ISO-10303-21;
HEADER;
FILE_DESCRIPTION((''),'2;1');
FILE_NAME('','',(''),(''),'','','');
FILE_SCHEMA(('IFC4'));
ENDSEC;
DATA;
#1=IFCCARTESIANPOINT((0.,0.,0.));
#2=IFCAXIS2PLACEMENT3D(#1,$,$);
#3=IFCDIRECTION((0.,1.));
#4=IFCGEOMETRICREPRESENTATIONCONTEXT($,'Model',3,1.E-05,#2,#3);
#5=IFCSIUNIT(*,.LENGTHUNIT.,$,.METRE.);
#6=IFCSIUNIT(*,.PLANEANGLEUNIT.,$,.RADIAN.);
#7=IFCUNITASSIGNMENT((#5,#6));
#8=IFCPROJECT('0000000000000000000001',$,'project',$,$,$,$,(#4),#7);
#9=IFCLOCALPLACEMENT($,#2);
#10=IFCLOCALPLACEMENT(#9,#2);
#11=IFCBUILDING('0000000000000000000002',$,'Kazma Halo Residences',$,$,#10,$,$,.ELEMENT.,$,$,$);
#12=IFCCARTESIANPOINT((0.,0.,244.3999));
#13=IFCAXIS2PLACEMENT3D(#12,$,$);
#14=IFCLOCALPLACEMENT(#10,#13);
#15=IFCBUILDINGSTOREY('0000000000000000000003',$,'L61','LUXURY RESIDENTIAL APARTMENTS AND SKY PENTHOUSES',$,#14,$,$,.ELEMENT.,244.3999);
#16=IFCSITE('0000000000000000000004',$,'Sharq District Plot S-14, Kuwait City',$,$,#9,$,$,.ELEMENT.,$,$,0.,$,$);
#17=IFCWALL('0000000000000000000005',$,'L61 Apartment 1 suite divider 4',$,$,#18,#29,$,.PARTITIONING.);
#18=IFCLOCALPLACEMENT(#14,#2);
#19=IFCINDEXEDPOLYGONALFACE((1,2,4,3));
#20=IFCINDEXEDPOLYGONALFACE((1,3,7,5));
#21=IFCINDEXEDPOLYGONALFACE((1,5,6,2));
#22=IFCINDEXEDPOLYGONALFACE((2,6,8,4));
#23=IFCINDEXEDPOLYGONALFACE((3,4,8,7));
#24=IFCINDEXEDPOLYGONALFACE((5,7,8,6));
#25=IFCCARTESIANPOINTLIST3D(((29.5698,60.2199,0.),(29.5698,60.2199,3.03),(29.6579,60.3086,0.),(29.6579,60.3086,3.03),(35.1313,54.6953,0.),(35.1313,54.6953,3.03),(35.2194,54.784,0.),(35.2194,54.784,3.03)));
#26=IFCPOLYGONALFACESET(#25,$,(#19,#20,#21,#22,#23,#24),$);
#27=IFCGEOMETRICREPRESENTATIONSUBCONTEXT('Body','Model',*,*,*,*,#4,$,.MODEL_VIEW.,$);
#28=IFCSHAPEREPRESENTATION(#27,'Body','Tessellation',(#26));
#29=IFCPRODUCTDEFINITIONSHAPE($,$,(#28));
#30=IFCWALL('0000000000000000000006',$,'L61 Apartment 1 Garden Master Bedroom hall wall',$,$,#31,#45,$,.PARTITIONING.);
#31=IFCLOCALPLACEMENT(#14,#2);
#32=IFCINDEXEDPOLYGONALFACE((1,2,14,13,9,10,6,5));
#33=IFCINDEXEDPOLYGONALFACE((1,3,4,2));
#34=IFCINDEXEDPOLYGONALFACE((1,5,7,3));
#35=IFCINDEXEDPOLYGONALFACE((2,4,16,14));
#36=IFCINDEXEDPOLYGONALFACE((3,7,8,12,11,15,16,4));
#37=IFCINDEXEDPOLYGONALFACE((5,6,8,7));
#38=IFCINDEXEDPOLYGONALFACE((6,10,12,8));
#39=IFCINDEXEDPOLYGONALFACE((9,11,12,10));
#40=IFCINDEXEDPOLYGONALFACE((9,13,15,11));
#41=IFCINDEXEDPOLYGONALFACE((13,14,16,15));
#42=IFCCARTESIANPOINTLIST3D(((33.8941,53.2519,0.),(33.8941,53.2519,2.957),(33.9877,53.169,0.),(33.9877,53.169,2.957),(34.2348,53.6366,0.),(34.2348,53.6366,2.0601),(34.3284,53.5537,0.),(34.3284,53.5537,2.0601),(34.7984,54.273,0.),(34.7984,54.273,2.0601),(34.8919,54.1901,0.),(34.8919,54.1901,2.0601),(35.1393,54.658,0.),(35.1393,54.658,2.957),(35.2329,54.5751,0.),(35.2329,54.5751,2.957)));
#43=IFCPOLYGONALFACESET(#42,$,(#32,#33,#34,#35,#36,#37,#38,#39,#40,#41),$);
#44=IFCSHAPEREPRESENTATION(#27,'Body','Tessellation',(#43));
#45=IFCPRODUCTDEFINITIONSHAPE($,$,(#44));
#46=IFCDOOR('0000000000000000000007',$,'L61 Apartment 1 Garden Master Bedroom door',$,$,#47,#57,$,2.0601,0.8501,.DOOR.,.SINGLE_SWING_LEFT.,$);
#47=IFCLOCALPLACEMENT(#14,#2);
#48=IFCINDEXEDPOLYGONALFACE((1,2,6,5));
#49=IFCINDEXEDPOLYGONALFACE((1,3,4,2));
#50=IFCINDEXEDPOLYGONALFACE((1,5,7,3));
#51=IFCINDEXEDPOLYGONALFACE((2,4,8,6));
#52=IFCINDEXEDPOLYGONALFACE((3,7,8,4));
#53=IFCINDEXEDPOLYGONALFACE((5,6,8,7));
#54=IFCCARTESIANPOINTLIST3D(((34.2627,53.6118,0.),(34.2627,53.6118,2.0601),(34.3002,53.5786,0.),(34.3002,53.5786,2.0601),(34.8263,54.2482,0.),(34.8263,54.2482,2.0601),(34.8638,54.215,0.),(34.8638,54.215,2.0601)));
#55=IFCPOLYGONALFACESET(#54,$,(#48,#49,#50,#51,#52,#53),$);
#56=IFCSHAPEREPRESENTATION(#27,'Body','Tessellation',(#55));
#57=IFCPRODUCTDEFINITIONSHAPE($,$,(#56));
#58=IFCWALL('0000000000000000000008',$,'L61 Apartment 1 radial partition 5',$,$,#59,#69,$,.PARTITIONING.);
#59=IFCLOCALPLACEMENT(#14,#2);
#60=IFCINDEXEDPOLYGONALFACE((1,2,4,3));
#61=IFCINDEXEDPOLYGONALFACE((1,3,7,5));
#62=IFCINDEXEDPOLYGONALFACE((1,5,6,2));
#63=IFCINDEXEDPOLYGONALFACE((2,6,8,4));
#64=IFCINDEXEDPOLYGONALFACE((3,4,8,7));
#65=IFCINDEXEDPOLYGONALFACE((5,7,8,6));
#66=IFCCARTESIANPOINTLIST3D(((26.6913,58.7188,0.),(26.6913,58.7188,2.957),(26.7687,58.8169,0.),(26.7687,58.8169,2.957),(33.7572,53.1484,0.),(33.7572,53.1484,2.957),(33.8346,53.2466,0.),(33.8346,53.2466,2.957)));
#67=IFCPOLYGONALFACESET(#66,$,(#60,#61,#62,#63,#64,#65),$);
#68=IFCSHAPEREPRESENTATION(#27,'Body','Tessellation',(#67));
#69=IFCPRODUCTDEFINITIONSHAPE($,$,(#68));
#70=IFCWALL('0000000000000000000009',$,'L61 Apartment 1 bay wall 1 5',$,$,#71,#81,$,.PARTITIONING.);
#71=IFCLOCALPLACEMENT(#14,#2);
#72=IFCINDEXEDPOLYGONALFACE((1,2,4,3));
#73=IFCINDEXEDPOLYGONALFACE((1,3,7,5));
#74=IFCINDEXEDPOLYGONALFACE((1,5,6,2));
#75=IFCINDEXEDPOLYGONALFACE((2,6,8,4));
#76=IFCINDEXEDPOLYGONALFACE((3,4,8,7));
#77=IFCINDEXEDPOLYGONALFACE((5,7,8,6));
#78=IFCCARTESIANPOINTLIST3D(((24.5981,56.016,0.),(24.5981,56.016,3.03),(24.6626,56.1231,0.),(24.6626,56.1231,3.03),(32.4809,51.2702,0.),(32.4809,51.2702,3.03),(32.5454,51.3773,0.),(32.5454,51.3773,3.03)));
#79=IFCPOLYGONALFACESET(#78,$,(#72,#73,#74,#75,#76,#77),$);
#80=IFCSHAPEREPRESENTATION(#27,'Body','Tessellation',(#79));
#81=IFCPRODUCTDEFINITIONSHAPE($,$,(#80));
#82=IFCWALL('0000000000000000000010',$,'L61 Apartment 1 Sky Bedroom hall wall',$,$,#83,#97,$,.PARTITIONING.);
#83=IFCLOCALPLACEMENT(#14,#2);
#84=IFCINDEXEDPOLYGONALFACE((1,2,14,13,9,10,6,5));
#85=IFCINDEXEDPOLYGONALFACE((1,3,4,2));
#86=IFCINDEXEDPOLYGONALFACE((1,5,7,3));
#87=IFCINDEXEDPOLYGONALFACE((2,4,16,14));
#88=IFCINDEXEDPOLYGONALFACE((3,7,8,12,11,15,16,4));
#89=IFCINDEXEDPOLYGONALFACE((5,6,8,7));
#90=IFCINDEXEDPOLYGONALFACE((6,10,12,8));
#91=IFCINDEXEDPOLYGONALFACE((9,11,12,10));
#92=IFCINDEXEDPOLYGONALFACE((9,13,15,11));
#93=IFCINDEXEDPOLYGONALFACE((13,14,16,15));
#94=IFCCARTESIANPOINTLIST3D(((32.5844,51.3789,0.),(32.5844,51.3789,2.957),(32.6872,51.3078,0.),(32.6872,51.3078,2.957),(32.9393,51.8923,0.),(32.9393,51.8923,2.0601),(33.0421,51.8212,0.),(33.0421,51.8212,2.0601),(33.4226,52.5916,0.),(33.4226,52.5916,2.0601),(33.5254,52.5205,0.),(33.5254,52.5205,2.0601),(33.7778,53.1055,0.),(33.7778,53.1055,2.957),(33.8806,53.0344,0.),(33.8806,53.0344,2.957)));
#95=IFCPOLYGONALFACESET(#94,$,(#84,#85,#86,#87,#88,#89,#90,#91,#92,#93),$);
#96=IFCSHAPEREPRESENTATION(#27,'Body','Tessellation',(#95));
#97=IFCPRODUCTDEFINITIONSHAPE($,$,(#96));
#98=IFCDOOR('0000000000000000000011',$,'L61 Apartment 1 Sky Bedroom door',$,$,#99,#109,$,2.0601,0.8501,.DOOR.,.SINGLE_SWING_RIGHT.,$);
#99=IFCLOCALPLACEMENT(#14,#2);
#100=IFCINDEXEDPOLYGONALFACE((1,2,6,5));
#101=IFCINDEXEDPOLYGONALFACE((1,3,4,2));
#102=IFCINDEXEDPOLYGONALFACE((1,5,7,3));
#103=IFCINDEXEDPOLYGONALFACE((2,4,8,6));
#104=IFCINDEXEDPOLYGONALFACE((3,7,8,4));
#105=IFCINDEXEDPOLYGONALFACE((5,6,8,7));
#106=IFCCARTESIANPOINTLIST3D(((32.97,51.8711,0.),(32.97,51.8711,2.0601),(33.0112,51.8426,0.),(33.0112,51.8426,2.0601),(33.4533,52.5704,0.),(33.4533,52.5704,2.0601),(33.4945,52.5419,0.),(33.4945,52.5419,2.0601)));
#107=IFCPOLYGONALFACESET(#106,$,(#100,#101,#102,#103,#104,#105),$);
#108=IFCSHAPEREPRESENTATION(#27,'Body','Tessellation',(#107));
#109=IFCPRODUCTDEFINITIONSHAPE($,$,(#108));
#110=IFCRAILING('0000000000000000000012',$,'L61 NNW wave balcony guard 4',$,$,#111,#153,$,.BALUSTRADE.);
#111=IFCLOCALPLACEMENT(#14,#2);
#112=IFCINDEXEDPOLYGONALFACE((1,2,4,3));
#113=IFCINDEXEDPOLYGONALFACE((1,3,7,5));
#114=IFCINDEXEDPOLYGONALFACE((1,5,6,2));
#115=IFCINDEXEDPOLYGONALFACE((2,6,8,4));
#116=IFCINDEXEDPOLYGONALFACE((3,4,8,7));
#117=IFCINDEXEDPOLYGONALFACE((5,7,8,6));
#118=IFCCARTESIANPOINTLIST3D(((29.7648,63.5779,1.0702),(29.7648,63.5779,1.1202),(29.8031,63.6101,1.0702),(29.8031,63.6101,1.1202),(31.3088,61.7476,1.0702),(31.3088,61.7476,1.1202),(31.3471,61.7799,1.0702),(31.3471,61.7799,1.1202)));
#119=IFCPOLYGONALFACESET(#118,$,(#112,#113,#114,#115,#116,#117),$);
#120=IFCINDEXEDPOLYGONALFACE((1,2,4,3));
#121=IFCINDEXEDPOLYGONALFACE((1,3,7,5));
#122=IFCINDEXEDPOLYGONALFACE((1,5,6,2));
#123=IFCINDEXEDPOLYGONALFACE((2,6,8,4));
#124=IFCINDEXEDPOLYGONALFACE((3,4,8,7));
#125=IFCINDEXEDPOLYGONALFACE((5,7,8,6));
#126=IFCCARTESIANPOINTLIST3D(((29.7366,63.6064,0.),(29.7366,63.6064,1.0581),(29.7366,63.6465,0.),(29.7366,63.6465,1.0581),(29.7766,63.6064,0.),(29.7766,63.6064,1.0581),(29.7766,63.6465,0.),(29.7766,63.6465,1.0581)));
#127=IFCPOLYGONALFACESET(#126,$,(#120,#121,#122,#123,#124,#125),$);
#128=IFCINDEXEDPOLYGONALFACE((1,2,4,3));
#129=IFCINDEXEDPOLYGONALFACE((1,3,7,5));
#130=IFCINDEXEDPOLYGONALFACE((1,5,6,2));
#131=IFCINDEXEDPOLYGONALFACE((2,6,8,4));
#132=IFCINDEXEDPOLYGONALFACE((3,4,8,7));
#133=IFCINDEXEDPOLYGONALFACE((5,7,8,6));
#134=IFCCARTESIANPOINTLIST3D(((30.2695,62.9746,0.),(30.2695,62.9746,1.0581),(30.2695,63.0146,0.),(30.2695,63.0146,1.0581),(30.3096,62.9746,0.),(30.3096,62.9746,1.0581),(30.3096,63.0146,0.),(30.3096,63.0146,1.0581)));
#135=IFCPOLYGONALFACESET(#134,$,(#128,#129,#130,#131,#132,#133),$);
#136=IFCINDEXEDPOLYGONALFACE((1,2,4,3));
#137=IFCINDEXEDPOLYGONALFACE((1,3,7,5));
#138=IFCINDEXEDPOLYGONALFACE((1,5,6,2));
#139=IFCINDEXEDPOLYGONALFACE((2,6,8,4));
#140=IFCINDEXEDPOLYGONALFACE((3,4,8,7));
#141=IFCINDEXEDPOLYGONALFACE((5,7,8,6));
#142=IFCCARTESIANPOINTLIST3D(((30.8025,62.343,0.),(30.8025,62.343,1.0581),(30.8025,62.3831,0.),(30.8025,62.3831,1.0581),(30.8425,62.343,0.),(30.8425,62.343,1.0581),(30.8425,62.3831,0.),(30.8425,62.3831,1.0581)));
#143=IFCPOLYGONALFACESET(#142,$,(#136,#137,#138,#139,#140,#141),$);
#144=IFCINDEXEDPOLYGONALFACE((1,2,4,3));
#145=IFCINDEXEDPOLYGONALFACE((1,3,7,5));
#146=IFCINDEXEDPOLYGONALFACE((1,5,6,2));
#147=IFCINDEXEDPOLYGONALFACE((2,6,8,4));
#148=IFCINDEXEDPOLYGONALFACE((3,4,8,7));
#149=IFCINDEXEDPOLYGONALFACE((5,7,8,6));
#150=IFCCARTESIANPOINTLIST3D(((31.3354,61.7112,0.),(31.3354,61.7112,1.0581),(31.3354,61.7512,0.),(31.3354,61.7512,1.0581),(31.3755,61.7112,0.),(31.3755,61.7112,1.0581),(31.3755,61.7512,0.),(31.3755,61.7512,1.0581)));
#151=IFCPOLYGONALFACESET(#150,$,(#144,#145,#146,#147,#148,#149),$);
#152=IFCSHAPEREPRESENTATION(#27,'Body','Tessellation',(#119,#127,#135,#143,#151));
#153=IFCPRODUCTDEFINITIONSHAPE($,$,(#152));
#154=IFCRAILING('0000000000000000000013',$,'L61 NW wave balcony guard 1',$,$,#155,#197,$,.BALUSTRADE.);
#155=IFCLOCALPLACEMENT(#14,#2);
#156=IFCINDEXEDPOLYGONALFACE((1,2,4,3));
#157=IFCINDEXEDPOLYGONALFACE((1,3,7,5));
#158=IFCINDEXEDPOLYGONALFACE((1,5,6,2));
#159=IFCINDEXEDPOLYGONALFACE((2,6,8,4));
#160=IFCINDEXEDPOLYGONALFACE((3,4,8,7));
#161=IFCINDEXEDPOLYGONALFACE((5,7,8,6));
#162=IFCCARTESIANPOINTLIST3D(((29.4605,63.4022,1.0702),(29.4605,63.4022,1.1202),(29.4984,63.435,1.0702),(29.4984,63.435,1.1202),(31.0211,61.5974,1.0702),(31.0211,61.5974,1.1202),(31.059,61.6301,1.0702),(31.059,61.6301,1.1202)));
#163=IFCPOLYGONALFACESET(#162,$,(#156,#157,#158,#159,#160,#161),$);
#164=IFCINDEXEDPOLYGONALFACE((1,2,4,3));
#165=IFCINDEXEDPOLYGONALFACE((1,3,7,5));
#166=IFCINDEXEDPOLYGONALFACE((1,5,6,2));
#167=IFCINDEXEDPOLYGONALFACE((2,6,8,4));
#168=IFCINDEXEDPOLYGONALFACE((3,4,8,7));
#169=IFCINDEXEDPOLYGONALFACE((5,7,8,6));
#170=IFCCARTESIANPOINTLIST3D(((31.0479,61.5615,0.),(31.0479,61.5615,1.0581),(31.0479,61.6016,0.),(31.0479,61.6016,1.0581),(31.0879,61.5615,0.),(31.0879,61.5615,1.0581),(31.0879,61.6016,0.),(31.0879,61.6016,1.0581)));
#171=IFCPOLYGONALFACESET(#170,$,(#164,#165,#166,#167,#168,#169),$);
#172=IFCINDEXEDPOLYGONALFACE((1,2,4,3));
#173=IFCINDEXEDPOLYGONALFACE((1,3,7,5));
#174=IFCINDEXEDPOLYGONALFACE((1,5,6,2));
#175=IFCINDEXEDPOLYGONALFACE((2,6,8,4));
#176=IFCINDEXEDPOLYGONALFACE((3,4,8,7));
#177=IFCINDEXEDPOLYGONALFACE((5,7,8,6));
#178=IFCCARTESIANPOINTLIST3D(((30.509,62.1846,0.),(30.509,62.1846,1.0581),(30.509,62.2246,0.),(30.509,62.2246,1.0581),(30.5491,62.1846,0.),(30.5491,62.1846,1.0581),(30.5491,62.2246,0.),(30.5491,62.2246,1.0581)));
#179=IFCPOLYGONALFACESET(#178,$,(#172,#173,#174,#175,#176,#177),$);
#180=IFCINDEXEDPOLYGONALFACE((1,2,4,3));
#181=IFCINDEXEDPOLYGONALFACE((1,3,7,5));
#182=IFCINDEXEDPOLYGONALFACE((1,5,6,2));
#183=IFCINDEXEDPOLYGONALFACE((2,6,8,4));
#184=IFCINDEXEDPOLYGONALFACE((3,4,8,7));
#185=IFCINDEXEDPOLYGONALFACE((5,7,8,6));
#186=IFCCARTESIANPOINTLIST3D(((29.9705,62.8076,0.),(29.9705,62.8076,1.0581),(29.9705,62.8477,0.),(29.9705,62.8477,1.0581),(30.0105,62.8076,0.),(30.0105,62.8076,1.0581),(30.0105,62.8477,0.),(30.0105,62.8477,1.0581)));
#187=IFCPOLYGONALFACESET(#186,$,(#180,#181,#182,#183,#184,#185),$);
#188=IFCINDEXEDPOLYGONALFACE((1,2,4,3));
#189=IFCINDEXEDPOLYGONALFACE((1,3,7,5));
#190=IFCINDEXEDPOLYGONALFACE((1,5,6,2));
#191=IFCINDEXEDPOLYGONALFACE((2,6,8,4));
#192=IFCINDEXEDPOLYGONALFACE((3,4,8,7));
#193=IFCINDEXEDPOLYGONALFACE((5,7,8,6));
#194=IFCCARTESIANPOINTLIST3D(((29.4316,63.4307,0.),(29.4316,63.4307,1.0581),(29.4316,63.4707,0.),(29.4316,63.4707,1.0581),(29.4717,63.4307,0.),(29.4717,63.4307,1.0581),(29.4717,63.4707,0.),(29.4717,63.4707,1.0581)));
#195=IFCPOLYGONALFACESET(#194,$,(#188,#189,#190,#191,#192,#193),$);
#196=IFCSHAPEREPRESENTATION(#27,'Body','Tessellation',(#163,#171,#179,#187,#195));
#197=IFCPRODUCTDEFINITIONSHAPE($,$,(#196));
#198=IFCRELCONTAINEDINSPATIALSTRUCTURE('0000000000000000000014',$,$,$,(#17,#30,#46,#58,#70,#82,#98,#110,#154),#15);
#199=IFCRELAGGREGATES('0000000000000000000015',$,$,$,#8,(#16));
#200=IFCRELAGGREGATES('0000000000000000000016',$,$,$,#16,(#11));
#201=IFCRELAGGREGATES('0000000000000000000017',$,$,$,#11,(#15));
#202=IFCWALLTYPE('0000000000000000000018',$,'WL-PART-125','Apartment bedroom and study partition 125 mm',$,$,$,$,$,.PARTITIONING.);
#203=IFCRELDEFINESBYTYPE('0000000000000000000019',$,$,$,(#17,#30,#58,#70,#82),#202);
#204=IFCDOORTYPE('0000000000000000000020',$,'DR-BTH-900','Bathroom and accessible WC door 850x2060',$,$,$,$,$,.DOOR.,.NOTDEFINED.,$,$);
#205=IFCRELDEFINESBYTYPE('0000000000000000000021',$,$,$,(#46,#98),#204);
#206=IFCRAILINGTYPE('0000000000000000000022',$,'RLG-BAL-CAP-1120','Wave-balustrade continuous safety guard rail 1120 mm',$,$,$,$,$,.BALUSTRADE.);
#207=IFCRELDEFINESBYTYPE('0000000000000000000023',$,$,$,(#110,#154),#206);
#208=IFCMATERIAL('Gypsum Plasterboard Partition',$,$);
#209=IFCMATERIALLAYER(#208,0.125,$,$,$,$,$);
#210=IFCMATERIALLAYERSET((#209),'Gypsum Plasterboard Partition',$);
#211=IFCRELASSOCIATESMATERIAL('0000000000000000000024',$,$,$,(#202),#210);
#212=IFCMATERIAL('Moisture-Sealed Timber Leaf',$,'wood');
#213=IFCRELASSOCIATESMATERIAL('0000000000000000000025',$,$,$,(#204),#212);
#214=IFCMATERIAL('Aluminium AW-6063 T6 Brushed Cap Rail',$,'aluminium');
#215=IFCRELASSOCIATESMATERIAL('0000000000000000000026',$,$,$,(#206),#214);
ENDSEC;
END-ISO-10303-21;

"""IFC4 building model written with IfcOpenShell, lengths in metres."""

from ifc_helpers import new_model, si_unit, direction, frame, frame_2d, origin, origin_2d, place, context, subcontext, project, spatial, rectangle, extrude, material, layer, layer_set, type_object, element, fill, save


model = new_model("IFC4")

# Units and contexts
model_context = context("Model", 3, precision=1e-05, world=origin(), true_north=direction((0.0, 1.0)))
body_context = subcontext(model_context, "Body", "Model", "MODEL_VIEW")
ifc_project = project(units=[si_unit("LENGTHUNIT", "METRE"), si_unit("PLANEANGLEUNIT", "RADIAN")], contexts=[model_context])

# Site, building, storey
site_placement = place(None, origin())
site = spatial("IfcSite", under=ifc_project, at=site_placement, Name="Sharq District Plot S-14, Kuwait City", CompositionType="ELEMENT", RefElevation=0.0)
building_placement = place(site_placement, origin())
building = spatial("IfcBuilding", under=site, at=building_placement, Name="Kazma Halo Residences", CompositionType="ELEMENT")
storey_placement = place(building_placement, frame((0.0, 0.0, 244.3999)))
storey = spatial("IfcBuildingStorey", under=building, at=storey_placement, Name="L61", Description="LUXURY RESIDENTIAL APARTMENTS AND SKY PENTHOUSES", CompositionType="ELEMENT", Elevation=244.3999)

# Shared definitions
ifc_material_1 = material(Name="Gypsum Plasterboard Partition")
ifc_layer_1 = layer(ifc_material_1, 0.125)
ifc_layer_set_1 = layer_set([ifc_layer_1], Name="Gypsum Plasterboard Partition")
wall_type_1 = type_object("IfcWallType", Name="WL-PART-125", Description="Apartment bedroom and study partition 125 mm", PredefinedType="PARTITIONING", material=ifc_layer_set_1)
ifc_material_2 = material(Name="Moisture-Sealed Timber Leaf", Category="wood")
door_type_1 = type_object("IfcDoorType", Name="DR-BTH-900", Description="Bathroom and accessible WC door 850x2060", OperationType="NOTDEFINED", PredefinedType="DOOR", material=ifc_material_2)

# Wall
wall_1_placement = place(storey_placement, frame((35.1753, 54.7397, 0.0), z_axis=(0.0, 0.0, 1.0), x_axis=(-0.709454, 0.704752, 0.0)))
element("IfcWall", 1, at=wall_1_placement, inside=storey, type_object=wall_type_1, Name="L61 Apartment 1 suite divider 4", PredefinedType="PARTITIONING", context=body_context, shape_type="SweptSolid", body=[
    extrude(rectangle(XDim=7.8391, YDim=0.125, at=frame_2d((3.9194, 0.0))), origin(), (0.0, 0.0, 1.0), 3.03),
])

# Wall, opening, door
wall_2_placement = place(storey_placement, frame((35.186, 54.6165, 0.0), z_axis=(0.0, 0.0, 1.0), x_axis=(-0.662975, -0.748642, 0.0)))
wall_2 = element("IfcWall", 2, at=wall_2_placement, inside=storey, type_object=wall_type_1, Name="L61 Apartment 1 Garden Master Bedroom hall wall", PredefinedType="PARTITIONING", context=body_context, shape_type="SweptSolid", body=[
    extrude(rectangle(XDim=1.8782, YDim=0.125, at=frame_2d((0.939, 0.0))), origin(), (0.0, 0.0, 1.0), 2.957),
])
opening_1_placement = place(wall_2_placement, frame((0.5142, 0.0, 0.0)))
opening_1 = element("IfcOpeningElement", 3, at=opening_1_placement, cuts=wall_2, PredefinedType="OPENING", context=body_context, shape_type="SweptSolid", body=[
    extrude(rectangle(XDim=0.8501, YDim=2.0601, at=frame_2d((0.425, 1.03))), frame((0.0, 0.0725, 0.0), z_axis=(0.0, -1.0, 0.0), x_axis=(1.0, 0.0, 0.0)), (0.0, 0.0, 1.0), 0.145),
])
door_1_placement = place(opening_1_placement, origin())
door_1 = element("IfcDoor", 4, at=door_1_placement, inside=storey, type_object=door_type_1, Name="L61 Apartment 1 Garden Master Bedroom door", OperationType="SINGLE_SWING_LEFT", OverallHeight=2.0601, OverallWidth=0.8501, PredefinedType="DOOR", context=body_context, shape_type="SweptSolid", body=[
    extrude(rectangle(XDim=0.8501, YDim=2.0601, at=frame_2d((0.425, 1.03))), frame((0.0, 0.0249, 0.0), z_axis=(0.0, -1.0, 0.0), x_axis=(1.0, 0.0, 0.0)), (0.0, 0.0, 1.0), 0.05),
])
fill(opening_1, door_1)

# Walls
wall_3_placement = place(storey_placement, frame((33.7959, 53.1975, 0.0), z_axis=(0.0, 0.0, 1.0), x_axis=(-0.785317, 0.619093, 0.0)))
element("IfcWall", 5, at=wall_3_placement, inside=storey, type_object=wall_type_1, Name="L61 Apartment 1 radial partition 5", PredefinedType="PARTITIONING", context=body_context, shape_type="SweptSolid", body=[
    extrude(rectangle(XDim=8.9976, YDim=0.125, at=frame_2d((4.4988, 0.0))), origin(), (0.0, 0.0, 1.0), 2.957),
])
wall_4_placement = place(storey_placement, frame((32.5132, 51.3237, 0.0), z_axis=(0.0, 0.0, 1.0), x_axis=(-0.856717, 0.515787, 0.0)))
element("IfcWall", 6, at=wall_4_placement, inside=storey, type_object=wall_type_1, Name="L61 Apartment 1 bay wall 1 5", PredefinedType="PARTITIONING", context=body_context, shape_type="SweptSolid", body=[
    extrude(rectangle(XDim=9.2012, YDim=0.125, at=frame_2d((4.6006, 0.0))), origin(), (0.0, 0.0, 1.0), 3.03),
])

# Wall, opening, door
wall_5_placement = place(storey_placement, frame((33.8291, 53.0698, 0.0), z_axis=(0.0, 0.0, 1.0), x_axis=(-0.568581, -0.822627, 0.0)))
wall_5 = element("IfcWall", 7, at=wall_5_placement, inside=storey, type_object=wall_type_1, Name="L61 Apartment 1 Sky Bedroom hall wall", PredefinedType="PARTITIONING", context=body_context, shape_type="SweptSolid", body=[
    extrude(rectangle(XDim=2.0989, YDim=0.125, at=frame_2d((1.0493, 0.0))), origin(), (0.0, 0.0, 1.0), 2.957),
])
opening_2_placement = place(wall_5_placement, frame((0.6245, 0.0, 0.0)))
opening_2 = element("IfcOpeningElement", 8, at=opening_2_placement, cuts=wall_5, PredefinedType="OPENING", context=body_context, shape_type="SweptSolid", body=[
    extrude(rectangle(XDim=0.8501, YDim=2.0601, at=frame_2d((0.425, 1.03))), frame((0.0, 0.0725, 0.0), z_axis=(0.0, -1.0, 0.0), x_axis=(1.0, 0.0, 0.0)), (0.0, 0.0, 1.0), 0.145),
])
door_2_placement = place(opening_2_placement, origin())
door_2 = element("IfcDoor", 9, at=door_2_placement, inside=storey, type_object=door_type_1, Name="L61 Apartment 1 Sky Bedroom door", OperationType="SINGLE_SWING_RIGHT", OverallHeight=2.0601, OverallWidth=0.8501, PredefinedType="DOOR", context=body_context, shape_type="SweptSolid", body=[
    extrude(rectangle(XDim=0.8501, YDim=2.0601, at=frame_2d((0.425, 1.03))), frame((0.0, 0.0249, 0.0), z_axis=(0.0, -1.0, 0.0), x_axis=(1.0, 0.0, 0.0)), (0.0, 0.0, 1.0), 0.05),
])
fill(opening_2, door_2)

# Railings
ifc_material_3 = material(Name="Aluminium AW-6063 T6 Brushed Cap Rail", Category="aluminium")
railing_type = type_object("IfcRailingType", Name="RLG-BAL-CAP-1120", Description="Wave-balustrade continuous safety guard rail 1120 mm", PredefinedType="BALUSTRADE", material=ifc_material_3)
railing_1_placement = place(storey_placement, frame((29.7566, 63.6265, 0.0)))
element("IfcRailing", 10, at=railing_1_placement, inside=storey, type_object=railing_type, Name="L61 NNW wave balcony guard 4", PredefinedType="BALUSTRADE", context=body_context, shape_type="SweptSolid", body=[
    extrude(rectangle(XDim=0.05, YDim=0.05, at=origin_2d()), frame((0.0273, -0.0325, 1.0952), z_axis=(0.644812, -0.764342, 0.0), x_axis=(0.764342, 0.644812, 0.0)), (0.0, 0.0, 1.0), 2.3945),
    extrude(rectangle(XDim=0.04, YDim=0.04, at=origin_2d()), origin(), (0.0, 0.0, 1.0), 1.0581),
    extrude(rectangle(XDim=0.04, YDim=0.04, at=origin_2d()), frame((0.533, -0.6318, 0.0)), (0.0, 0.0, 1.0), 1.0581),
    extrude(rectangle(XDim=0.04, YDim=0.04, at=origin_2d()), frame((1.0659, -1.2634, 0.0)), (0.0, 0.0, 1.0), 1.0581),
    extrude(rectangle(XDim=0.04, YDim=0.04, at=origin_2d()), frame((1.5989, -1.8953, 0.0)), (0.0, 0.0, 1.0), 1.0581),
])
railing_2_placement = place(storey_placement, frame((31.0679, 61.5815, 0.0)))
element("IfcRailing", 11, at=railing_2_placement, inside=storey, type_object=railing_type, Name="L61 NW wave balcony guard 1", PredefinedType="BALUSTRADE", context=body_context, shape_type="SweptSolid", body=[
    extrude(rectangle(XDim=0.05, YDim=0.05, at=origin_2d()), frame((-0.0278, 0.0322, 1.0952), z_axis=(-0.654072, 0.756432, 0.0), x_axis=(-0.756432, -0.654072, 0.0)), (0.0, 0.0, 1.0), 2.386),
    extrude(rectangle(XDim=0.04, YDim=0.04, at=origin_2d()), origin(), (0.0, 0.0, 1.0), 1.0581),
    extrude(rectangle(XDim=0.04, YDim=0.04, at=origin_2d()), frame((-0.5388, 0.623, 0.0)), (0.0, 0.0, 1.0), 1.0581),
    extrude(rectangle(XDim=0.04, YDim=0.04, at=origin_2d()), frame((-1.0774, 1.2461, 0.0)), (0.0, 0.0, 1.0), 1.0581),
    extrude(rectangle(XDim=0.04, YDim=0.04, at=origin_2d()), frame((-1.6162, 1.8691, 0.0)), (0.0, 0.0, 1.0), 1.0581),
])

save(model, "model.ifc")
